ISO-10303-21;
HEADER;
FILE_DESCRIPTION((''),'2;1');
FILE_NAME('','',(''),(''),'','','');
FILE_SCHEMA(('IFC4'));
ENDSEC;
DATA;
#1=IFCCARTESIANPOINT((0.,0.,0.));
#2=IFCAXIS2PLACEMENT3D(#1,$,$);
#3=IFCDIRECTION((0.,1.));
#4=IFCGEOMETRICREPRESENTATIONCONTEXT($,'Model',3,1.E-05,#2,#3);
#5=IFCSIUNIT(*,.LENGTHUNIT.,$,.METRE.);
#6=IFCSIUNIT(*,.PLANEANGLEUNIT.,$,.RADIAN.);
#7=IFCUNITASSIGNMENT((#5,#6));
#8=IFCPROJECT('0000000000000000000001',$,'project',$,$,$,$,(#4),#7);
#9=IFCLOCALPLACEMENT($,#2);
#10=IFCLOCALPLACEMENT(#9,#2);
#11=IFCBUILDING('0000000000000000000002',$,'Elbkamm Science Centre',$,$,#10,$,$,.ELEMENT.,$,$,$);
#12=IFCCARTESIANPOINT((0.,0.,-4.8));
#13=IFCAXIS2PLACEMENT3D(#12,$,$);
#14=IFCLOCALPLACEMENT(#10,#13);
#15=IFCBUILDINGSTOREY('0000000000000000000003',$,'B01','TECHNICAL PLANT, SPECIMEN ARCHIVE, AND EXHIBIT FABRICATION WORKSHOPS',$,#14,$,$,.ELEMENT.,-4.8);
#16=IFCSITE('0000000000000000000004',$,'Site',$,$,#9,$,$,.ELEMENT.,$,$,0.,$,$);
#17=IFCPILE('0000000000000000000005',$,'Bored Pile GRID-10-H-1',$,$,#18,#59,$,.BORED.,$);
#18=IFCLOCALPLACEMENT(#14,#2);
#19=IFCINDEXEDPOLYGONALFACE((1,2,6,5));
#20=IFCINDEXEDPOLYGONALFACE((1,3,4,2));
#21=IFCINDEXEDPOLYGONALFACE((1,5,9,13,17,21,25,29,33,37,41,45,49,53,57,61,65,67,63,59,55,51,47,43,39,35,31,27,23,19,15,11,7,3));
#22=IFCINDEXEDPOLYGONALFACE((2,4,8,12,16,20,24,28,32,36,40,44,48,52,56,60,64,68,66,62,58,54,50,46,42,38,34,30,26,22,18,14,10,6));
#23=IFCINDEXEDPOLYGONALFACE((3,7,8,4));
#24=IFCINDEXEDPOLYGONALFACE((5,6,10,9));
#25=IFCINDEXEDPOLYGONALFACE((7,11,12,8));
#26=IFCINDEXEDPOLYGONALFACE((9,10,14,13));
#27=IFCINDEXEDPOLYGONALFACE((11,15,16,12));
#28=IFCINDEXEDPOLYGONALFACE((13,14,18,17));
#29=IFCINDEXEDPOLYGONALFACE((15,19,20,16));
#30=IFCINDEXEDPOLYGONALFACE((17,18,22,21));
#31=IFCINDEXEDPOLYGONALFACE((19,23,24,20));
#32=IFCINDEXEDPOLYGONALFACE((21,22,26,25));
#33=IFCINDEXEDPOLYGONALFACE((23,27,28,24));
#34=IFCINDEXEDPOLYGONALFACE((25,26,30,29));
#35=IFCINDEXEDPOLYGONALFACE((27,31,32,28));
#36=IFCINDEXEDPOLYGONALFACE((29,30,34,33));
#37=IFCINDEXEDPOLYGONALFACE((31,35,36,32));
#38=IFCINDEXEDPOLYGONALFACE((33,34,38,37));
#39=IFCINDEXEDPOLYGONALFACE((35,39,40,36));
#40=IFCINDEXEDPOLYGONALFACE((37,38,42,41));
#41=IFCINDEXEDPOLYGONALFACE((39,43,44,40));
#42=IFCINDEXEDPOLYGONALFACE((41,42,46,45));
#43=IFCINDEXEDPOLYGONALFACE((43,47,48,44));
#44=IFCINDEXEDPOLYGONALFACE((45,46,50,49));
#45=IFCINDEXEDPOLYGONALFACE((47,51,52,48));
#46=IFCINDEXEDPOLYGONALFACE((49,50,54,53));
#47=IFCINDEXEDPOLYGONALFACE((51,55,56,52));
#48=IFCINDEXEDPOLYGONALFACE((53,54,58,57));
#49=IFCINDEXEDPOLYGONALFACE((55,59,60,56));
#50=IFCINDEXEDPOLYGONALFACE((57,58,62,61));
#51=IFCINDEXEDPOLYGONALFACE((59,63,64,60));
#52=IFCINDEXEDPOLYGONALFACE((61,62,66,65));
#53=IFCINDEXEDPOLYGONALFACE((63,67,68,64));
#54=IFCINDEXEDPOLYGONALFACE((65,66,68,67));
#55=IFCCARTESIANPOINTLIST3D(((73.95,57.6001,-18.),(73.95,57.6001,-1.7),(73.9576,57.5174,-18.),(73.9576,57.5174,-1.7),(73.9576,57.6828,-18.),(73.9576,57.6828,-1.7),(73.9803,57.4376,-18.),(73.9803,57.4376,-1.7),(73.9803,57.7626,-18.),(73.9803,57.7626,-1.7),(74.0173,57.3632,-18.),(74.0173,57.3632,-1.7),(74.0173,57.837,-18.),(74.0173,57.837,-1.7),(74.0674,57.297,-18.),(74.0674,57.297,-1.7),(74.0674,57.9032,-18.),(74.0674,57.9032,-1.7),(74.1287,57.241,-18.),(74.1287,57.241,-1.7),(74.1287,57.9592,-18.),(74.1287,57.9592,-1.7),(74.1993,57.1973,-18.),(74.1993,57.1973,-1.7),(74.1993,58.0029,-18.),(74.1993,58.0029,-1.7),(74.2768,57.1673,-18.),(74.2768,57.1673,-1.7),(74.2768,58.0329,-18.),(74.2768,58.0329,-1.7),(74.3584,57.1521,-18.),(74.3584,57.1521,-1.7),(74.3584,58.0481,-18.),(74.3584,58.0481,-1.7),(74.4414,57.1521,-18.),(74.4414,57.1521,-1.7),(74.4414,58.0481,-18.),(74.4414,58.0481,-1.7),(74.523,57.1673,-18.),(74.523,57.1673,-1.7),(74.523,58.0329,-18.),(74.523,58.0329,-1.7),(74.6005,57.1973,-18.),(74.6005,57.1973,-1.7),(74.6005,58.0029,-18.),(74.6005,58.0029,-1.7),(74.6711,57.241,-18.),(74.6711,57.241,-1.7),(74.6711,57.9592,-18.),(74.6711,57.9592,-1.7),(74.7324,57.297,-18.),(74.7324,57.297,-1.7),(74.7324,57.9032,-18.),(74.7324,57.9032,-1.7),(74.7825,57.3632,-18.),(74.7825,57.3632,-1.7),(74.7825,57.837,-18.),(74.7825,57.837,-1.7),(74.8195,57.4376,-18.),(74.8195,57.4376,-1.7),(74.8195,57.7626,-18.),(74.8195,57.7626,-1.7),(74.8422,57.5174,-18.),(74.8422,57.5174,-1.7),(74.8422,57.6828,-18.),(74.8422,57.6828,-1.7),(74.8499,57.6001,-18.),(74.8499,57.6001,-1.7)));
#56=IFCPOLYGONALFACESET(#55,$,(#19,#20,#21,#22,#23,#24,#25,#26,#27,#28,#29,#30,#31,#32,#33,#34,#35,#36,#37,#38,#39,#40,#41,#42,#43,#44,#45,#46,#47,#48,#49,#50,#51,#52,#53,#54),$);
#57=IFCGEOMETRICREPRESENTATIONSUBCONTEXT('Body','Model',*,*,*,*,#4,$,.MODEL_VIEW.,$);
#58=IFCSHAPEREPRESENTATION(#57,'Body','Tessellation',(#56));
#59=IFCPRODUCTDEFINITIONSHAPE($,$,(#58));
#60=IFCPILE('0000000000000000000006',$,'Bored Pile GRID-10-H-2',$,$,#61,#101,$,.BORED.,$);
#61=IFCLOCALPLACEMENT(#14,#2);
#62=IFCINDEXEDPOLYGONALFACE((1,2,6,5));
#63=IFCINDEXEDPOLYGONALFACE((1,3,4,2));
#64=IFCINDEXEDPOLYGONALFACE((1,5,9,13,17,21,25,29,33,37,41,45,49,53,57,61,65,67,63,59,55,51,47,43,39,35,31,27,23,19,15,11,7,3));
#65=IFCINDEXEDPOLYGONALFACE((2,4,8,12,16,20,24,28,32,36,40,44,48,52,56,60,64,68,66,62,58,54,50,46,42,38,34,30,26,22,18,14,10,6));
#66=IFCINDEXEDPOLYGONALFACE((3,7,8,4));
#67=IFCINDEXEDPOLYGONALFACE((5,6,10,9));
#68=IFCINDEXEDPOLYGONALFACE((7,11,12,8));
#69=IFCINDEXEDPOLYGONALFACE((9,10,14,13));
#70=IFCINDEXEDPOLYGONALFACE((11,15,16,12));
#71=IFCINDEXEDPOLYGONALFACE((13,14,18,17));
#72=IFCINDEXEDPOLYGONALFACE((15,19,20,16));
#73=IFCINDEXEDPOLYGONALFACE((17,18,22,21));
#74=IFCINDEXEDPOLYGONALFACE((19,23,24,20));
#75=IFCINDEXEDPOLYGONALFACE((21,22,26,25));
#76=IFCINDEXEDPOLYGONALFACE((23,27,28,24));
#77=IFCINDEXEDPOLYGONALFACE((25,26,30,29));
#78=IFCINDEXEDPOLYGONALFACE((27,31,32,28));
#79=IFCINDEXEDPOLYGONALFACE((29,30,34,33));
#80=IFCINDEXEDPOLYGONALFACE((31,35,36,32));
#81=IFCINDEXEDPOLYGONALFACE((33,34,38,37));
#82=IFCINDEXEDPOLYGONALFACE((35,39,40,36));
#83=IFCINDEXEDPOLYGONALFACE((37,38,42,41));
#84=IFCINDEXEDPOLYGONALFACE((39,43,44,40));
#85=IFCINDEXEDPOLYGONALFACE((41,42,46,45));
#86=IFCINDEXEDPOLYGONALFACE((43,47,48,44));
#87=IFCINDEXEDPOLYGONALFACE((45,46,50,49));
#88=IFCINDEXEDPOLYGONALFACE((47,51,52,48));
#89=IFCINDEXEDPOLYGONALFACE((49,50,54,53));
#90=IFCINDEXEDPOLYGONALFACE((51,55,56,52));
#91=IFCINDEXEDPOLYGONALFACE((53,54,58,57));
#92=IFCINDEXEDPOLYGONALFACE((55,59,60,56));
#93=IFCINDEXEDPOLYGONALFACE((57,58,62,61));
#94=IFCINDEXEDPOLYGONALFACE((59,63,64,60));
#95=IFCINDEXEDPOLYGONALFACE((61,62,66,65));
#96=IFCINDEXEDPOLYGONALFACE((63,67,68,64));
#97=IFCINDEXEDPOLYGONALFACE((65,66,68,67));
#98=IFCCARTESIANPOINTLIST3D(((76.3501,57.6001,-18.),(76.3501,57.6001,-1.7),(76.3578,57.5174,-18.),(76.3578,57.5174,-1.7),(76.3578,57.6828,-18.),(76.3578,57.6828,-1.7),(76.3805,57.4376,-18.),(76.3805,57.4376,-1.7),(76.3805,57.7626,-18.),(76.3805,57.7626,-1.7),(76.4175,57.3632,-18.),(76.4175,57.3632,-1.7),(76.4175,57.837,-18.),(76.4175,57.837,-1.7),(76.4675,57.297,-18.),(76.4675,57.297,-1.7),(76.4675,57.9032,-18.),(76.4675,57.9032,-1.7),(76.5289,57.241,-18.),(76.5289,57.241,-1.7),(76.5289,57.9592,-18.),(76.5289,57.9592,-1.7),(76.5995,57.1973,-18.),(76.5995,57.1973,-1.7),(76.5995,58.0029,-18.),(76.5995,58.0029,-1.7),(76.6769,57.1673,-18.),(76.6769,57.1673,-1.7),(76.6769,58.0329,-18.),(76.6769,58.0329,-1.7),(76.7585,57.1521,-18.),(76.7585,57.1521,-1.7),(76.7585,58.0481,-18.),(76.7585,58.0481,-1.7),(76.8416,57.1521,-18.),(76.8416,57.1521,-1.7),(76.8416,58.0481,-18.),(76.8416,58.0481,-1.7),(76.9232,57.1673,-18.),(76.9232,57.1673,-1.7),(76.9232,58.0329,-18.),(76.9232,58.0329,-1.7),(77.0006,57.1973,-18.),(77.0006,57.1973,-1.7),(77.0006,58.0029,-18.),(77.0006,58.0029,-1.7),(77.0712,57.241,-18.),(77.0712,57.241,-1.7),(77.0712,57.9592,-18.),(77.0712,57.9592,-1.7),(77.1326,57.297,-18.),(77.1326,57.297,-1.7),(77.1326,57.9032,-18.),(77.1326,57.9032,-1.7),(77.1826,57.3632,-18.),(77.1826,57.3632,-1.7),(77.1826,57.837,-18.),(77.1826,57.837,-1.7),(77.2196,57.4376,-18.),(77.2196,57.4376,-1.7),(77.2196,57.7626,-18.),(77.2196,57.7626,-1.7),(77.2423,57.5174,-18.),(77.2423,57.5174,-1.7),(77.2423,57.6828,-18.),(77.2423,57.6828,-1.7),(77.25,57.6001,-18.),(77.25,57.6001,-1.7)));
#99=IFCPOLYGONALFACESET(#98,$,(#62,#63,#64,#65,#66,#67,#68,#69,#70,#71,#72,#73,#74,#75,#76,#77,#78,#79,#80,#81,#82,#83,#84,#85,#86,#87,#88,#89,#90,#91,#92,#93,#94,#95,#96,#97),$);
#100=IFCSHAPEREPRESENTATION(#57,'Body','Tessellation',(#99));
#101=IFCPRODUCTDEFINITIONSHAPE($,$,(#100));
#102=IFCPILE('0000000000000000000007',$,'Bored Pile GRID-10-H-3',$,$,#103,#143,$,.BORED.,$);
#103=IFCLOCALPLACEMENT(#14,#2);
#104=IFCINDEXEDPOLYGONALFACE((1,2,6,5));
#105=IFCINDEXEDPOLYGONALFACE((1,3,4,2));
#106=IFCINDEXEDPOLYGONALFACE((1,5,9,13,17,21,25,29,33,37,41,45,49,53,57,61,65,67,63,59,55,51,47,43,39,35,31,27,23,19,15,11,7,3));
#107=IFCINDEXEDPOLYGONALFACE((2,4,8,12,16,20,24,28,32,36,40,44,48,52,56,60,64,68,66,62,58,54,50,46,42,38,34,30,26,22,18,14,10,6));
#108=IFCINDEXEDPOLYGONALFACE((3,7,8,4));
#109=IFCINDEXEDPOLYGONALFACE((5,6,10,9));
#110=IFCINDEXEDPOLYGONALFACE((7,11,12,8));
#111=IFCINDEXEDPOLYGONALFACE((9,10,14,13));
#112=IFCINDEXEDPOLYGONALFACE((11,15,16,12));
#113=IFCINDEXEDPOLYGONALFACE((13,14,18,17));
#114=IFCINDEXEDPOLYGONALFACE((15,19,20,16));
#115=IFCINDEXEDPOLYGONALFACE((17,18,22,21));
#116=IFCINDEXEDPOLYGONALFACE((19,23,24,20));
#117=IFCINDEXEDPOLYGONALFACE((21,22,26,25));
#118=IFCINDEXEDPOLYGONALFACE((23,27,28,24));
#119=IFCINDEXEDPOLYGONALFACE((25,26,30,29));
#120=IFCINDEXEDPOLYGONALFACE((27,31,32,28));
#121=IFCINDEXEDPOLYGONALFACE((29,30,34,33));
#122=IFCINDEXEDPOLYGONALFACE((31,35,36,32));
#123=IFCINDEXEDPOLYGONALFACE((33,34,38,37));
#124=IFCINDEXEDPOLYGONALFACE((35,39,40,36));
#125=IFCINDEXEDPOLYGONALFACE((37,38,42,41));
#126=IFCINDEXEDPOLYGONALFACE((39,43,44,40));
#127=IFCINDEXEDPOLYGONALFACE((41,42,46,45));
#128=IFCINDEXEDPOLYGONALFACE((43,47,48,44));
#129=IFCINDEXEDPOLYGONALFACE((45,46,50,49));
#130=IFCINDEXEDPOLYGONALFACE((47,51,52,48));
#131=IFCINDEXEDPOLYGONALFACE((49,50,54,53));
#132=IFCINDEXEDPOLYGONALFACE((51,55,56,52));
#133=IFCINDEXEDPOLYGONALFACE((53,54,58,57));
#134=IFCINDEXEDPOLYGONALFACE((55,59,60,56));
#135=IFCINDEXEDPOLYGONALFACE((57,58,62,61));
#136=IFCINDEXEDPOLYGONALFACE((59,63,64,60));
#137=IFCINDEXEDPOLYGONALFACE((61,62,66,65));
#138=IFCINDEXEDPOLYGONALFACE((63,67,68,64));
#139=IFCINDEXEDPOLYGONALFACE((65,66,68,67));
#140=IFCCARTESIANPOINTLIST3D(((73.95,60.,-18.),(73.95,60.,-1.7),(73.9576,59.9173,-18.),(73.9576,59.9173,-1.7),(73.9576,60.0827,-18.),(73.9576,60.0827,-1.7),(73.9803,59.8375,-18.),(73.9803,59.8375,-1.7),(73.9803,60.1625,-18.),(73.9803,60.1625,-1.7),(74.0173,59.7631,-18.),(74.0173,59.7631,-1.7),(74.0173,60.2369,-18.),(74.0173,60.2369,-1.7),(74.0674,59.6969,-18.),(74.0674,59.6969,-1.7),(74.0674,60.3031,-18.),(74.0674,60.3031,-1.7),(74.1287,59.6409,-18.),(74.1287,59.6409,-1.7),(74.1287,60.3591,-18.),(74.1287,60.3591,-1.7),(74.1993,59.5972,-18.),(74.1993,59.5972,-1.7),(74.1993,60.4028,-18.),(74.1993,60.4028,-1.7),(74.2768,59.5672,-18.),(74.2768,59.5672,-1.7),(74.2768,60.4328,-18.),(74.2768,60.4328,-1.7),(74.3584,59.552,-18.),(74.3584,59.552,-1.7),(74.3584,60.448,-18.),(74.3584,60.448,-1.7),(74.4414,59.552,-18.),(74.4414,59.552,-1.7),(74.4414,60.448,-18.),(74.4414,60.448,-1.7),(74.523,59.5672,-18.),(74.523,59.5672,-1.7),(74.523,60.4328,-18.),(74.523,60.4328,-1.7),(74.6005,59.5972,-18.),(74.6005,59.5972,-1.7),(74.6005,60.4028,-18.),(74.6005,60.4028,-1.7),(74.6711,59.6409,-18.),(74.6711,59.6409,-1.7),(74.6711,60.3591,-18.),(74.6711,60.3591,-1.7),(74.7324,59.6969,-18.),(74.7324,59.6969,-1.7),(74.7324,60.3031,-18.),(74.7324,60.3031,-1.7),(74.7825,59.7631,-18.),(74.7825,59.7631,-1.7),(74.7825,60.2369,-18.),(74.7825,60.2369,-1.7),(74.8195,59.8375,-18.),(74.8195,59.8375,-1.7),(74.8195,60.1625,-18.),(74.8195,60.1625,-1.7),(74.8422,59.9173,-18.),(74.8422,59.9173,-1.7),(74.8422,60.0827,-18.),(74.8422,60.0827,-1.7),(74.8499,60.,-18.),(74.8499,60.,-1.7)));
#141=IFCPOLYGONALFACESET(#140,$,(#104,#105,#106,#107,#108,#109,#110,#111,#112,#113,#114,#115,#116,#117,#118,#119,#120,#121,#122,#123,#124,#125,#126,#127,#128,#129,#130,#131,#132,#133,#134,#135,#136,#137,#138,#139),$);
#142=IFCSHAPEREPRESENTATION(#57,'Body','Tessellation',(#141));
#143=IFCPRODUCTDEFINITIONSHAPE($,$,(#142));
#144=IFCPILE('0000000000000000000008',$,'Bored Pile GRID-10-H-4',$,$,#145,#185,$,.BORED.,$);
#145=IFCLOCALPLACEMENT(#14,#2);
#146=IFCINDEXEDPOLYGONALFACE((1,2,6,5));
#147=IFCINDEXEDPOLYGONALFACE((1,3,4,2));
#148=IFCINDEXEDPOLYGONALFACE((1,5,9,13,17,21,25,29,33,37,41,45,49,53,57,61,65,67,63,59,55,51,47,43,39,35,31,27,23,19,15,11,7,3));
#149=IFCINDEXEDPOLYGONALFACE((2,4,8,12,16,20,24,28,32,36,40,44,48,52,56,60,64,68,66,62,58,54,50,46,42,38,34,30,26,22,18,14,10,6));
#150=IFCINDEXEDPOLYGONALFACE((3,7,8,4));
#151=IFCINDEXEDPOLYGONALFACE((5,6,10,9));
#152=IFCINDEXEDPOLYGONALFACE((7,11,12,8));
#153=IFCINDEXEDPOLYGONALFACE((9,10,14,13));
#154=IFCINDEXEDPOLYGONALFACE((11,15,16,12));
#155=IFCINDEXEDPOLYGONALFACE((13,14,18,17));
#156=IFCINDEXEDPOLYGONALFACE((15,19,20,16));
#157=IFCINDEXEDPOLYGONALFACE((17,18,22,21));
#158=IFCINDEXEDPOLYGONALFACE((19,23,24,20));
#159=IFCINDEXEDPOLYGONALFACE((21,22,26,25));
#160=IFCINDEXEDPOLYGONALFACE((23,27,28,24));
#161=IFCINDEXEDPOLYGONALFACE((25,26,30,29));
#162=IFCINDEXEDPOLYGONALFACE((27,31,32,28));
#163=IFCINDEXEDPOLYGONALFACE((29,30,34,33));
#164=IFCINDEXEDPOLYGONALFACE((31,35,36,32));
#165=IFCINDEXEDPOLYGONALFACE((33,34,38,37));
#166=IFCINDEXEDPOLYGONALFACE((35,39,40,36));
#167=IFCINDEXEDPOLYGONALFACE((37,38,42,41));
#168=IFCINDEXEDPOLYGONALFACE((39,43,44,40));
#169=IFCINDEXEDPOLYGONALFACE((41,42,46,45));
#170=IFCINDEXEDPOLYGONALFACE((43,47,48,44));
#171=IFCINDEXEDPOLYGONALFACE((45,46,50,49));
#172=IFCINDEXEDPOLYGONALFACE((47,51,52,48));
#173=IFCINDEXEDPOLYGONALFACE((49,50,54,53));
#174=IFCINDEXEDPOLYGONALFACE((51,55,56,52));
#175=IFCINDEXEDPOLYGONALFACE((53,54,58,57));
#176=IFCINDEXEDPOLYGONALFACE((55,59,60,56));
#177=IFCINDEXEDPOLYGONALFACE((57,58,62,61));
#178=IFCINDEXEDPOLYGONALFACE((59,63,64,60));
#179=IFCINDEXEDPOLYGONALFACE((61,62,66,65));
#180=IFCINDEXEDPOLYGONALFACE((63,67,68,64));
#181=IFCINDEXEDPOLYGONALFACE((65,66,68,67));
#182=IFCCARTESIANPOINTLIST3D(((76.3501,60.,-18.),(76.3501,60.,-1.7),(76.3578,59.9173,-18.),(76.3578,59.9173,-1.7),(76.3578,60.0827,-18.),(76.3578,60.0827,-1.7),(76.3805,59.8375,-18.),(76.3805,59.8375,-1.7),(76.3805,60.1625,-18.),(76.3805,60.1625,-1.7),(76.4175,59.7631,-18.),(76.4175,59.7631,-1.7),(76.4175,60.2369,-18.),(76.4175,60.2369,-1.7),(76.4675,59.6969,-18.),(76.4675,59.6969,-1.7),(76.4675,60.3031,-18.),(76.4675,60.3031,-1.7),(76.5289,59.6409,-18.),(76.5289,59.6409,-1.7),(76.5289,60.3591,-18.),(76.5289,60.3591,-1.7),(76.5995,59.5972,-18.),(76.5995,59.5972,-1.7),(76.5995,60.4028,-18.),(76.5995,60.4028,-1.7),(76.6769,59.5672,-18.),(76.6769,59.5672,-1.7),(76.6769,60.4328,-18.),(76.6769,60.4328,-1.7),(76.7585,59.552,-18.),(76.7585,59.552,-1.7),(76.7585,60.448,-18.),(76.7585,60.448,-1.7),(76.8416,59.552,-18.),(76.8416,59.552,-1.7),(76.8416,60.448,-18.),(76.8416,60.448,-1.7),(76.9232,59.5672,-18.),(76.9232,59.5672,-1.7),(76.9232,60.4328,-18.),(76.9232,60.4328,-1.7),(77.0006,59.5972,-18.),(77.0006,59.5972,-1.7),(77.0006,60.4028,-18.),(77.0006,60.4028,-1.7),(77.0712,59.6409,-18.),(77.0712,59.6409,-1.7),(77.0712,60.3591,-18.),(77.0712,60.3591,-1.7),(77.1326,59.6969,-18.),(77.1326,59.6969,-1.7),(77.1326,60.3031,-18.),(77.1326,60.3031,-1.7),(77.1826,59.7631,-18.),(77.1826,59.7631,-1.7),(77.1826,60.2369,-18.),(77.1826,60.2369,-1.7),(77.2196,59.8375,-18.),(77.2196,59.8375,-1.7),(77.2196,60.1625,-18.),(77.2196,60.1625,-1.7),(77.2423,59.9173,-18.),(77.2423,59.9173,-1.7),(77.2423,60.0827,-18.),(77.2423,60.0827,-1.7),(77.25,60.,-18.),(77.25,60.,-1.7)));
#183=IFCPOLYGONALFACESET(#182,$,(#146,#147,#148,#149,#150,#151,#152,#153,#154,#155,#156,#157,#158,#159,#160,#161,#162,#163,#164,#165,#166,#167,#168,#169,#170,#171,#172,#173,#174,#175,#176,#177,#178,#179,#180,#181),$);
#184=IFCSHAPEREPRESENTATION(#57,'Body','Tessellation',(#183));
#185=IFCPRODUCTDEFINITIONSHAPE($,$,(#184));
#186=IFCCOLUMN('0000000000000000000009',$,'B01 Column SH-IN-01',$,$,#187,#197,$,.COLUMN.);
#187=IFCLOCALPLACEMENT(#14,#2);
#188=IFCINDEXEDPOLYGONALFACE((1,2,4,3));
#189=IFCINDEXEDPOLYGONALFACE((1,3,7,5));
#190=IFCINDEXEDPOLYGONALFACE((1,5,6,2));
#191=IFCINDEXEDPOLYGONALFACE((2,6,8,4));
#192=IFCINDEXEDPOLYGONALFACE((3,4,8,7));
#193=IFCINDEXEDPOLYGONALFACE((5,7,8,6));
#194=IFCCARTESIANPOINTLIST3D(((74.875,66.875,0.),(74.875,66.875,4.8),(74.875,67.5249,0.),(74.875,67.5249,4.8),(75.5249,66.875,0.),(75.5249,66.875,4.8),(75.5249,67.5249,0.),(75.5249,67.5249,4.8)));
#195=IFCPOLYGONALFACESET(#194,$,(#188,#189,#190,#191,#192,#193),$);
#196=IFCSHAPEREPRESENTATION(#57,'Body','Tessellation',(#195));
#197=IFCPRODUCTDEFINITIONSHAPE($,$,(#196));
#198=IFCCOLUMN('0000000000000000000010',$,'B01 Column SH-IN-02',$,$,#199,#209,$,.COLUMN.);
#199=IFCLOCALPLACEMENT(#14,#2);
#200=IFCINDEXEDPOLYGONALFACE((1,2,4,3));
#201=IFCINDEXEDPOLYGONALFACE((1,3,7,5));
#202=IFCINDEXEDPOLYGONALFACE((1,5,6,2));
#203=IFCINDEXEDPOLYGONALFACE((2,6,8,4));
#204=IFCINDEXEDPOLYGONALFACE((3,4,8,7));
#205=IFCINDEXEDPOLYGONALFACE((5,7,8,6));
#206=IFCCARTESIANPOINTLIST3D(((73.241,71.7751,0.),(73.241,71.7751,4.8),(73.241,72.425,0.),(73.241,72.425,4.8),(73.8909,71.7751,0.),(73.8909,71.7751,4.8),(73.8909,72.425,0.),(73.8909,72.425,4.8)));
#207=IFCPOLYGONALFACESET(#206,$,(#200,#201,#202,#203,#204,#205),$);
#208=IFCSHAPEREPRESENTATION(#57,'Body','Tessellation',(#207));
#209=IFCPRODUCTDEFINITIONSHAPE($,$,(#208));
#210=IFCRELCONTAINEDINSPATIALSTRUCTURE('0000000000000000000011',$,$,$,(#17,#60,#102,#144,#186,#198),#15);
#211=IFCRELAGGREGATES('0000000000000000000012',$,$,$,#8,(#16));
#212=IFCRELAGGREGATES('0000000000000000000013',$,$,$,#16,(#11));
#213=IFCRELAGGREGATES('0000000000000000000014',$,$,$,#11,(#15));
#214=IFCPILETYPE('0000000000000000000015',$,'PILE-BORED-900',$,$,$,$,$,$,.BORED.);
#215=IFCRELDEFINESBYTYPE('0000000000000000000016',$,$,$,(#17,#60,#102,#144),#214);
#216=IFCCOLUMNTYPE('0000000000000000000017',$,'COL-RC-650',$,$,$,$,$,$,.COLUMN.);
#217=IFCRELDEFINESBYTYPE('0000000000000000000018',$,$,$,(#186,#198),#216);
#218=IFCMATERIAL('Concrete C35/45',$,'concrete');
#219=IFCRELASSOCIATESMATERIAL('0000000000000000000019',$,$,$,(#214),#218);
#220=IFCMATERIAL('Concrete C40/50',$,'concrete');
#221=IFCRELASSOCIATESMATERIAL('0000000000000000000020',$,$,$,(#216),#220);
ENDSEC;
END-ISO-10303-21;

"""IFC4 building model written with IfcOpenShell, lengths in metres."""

from ifc_helpers import new_model, si_unit, direction, frame, origin, origin_2d, place, context, subcontext, project, spatial, rectangle, circle, extrude, material, material_profile, profile_set, type_object, element, save


model = new_model("IFC4")

# Units and contexts
model_context = context("Model", 3, precision=1e-05, world=origin(), true_north=direction((0.0, 1.0)))
body_context = subcontext(model_context, "Body", "Model", "MODEL_VIEW")
ifc_project = project(units=[si_unit("LENGTHUNIT", "METRE"), si_unit("PLANEANGLEUNIT", "RADIAN")], contexts=[model_context])

# Site, building, storey
site_placement = place(None, origin())
site = spatial("IfcSite", under=ifc_project, at=site_placement, Name="Site", CompositionType="ELEMENT", RefElevation=0.0)
building_placement = place(site_placement, origin())
building = spatial("IfcBuilding", under=site, at=building_placement, Name="Elbkamm Science Centre", CompositionType="ELEMENT")
storey_placement = place(building_placement, frame((0.0, 0.0, -4.8)))
storey = spatial("IfcBuildingStorey", under=building, at=storey_placement, Name="B01", Description="TECHNICAL PLANT, SPECIMEN ARCHIVE, AND EXHIBIT FABRICATION WORKSHOPS", CompositionType="ELEMENT", Elevation=-4.8)

# Shared definitions
ifc_material_1 = material(Name="Concrete C35/45", Category="concrete")

# Piles
ifc_material_profile_1 = material_profile(ifc_material_1, circle(Radius=0.45, at=origin_2d()), Name="PILE D900")
ifc_profile_set_1 = profile_set([ifc_material_profile_1], Name="Concrete C35/45")
pile_type = type_object("IfcPileType", Name="PILE-BORED-900", PredefinedType="BORED", material=ifc_profile_set_1)
for number, where, z_axis, x_axis, name in (
    (1, (74.3999, 57.6001, -1.7), (0.0, 0.0, -1.0), (1.0, 0.0, 0.0), "Bored Pile GRID-10-H-1"),
    (2, (76.8, 57.6001, -1.7), (0.0, 0.0, -1.0), (1.0, 0.0, 0.0), "Bored Pile GRID-10-H-2"),
    (3, (74.3999, 60.0, -1.7), (0.0, 0.0, -1.0), (1.0, 0.0, 0.0), "Bored Pile GRID-10-H-3"),
    (4, (76.8, 60.0, -1.7), (0.0, 0.0, -1.0), (1.0, 0.0, 0.0), "Bored Pile GRID-10-H-4"),
):
    element("IfcPile", number, at=place(storey_placement, frame(where, z_axis=z_axis, x_axis=x_axis)), inside=storey, type_object=pile_type, Name=name, PredefinedType="BORED", context=body_context, shape_type="SweptSolid", body=[
        extrude(circle(Radius=0.45, at=origin_2d()), origin(), (0.0, 0.0, 1.0), 16.3),
    ])

# Columns
ifc_material_2 = material(Name="Concrete C40/50", Category="concrete")
ifc_material_profile_2 = material_profile(ifc_material_2, rectangle(XDim=0.6499, YDim=0.6499, at=origin_2d()), Name="RC 650x650")
ifc_profile_set_2 = profile_set([ifc_material_profile_2], Name="Concrete C40/50")
column_type_1 = type_object("IfcColumnType", Name="COL-RC-650", PredefinedType="COLUMN", material=ifc_profile_set_2)
for number, where, z_axis, x_axis, name in (
    (5, (75.2, 67.2, 0.0), (0.0, 0.0, 1.0), (1.0, 0.0, 0.0), "B01 Column SH-IN-01"),
    (6, (73.5659, 72.1001, 0.0), (0.0, 0.0, 1.0), (1.0, 0.0, 0.0), "B01 Column SH-IN-02"),
):
    element("IfcColumn", number, at=place(storey_placement, frame(where, z_axis=z_axis, x_axis=x_axis)), inside=storey, type_object=column_type_1, Name=name, PredefinedType="COLUMN", context=body_context, shape_type="SweptSolid", body=[
        extrude(rectangle(XDim=0.6499, YDim=0.6499, at=origin_2d()), origin(), (0.0, 0.0, 1.0), 4.8),
    ])

save(model, "model.ifc")
